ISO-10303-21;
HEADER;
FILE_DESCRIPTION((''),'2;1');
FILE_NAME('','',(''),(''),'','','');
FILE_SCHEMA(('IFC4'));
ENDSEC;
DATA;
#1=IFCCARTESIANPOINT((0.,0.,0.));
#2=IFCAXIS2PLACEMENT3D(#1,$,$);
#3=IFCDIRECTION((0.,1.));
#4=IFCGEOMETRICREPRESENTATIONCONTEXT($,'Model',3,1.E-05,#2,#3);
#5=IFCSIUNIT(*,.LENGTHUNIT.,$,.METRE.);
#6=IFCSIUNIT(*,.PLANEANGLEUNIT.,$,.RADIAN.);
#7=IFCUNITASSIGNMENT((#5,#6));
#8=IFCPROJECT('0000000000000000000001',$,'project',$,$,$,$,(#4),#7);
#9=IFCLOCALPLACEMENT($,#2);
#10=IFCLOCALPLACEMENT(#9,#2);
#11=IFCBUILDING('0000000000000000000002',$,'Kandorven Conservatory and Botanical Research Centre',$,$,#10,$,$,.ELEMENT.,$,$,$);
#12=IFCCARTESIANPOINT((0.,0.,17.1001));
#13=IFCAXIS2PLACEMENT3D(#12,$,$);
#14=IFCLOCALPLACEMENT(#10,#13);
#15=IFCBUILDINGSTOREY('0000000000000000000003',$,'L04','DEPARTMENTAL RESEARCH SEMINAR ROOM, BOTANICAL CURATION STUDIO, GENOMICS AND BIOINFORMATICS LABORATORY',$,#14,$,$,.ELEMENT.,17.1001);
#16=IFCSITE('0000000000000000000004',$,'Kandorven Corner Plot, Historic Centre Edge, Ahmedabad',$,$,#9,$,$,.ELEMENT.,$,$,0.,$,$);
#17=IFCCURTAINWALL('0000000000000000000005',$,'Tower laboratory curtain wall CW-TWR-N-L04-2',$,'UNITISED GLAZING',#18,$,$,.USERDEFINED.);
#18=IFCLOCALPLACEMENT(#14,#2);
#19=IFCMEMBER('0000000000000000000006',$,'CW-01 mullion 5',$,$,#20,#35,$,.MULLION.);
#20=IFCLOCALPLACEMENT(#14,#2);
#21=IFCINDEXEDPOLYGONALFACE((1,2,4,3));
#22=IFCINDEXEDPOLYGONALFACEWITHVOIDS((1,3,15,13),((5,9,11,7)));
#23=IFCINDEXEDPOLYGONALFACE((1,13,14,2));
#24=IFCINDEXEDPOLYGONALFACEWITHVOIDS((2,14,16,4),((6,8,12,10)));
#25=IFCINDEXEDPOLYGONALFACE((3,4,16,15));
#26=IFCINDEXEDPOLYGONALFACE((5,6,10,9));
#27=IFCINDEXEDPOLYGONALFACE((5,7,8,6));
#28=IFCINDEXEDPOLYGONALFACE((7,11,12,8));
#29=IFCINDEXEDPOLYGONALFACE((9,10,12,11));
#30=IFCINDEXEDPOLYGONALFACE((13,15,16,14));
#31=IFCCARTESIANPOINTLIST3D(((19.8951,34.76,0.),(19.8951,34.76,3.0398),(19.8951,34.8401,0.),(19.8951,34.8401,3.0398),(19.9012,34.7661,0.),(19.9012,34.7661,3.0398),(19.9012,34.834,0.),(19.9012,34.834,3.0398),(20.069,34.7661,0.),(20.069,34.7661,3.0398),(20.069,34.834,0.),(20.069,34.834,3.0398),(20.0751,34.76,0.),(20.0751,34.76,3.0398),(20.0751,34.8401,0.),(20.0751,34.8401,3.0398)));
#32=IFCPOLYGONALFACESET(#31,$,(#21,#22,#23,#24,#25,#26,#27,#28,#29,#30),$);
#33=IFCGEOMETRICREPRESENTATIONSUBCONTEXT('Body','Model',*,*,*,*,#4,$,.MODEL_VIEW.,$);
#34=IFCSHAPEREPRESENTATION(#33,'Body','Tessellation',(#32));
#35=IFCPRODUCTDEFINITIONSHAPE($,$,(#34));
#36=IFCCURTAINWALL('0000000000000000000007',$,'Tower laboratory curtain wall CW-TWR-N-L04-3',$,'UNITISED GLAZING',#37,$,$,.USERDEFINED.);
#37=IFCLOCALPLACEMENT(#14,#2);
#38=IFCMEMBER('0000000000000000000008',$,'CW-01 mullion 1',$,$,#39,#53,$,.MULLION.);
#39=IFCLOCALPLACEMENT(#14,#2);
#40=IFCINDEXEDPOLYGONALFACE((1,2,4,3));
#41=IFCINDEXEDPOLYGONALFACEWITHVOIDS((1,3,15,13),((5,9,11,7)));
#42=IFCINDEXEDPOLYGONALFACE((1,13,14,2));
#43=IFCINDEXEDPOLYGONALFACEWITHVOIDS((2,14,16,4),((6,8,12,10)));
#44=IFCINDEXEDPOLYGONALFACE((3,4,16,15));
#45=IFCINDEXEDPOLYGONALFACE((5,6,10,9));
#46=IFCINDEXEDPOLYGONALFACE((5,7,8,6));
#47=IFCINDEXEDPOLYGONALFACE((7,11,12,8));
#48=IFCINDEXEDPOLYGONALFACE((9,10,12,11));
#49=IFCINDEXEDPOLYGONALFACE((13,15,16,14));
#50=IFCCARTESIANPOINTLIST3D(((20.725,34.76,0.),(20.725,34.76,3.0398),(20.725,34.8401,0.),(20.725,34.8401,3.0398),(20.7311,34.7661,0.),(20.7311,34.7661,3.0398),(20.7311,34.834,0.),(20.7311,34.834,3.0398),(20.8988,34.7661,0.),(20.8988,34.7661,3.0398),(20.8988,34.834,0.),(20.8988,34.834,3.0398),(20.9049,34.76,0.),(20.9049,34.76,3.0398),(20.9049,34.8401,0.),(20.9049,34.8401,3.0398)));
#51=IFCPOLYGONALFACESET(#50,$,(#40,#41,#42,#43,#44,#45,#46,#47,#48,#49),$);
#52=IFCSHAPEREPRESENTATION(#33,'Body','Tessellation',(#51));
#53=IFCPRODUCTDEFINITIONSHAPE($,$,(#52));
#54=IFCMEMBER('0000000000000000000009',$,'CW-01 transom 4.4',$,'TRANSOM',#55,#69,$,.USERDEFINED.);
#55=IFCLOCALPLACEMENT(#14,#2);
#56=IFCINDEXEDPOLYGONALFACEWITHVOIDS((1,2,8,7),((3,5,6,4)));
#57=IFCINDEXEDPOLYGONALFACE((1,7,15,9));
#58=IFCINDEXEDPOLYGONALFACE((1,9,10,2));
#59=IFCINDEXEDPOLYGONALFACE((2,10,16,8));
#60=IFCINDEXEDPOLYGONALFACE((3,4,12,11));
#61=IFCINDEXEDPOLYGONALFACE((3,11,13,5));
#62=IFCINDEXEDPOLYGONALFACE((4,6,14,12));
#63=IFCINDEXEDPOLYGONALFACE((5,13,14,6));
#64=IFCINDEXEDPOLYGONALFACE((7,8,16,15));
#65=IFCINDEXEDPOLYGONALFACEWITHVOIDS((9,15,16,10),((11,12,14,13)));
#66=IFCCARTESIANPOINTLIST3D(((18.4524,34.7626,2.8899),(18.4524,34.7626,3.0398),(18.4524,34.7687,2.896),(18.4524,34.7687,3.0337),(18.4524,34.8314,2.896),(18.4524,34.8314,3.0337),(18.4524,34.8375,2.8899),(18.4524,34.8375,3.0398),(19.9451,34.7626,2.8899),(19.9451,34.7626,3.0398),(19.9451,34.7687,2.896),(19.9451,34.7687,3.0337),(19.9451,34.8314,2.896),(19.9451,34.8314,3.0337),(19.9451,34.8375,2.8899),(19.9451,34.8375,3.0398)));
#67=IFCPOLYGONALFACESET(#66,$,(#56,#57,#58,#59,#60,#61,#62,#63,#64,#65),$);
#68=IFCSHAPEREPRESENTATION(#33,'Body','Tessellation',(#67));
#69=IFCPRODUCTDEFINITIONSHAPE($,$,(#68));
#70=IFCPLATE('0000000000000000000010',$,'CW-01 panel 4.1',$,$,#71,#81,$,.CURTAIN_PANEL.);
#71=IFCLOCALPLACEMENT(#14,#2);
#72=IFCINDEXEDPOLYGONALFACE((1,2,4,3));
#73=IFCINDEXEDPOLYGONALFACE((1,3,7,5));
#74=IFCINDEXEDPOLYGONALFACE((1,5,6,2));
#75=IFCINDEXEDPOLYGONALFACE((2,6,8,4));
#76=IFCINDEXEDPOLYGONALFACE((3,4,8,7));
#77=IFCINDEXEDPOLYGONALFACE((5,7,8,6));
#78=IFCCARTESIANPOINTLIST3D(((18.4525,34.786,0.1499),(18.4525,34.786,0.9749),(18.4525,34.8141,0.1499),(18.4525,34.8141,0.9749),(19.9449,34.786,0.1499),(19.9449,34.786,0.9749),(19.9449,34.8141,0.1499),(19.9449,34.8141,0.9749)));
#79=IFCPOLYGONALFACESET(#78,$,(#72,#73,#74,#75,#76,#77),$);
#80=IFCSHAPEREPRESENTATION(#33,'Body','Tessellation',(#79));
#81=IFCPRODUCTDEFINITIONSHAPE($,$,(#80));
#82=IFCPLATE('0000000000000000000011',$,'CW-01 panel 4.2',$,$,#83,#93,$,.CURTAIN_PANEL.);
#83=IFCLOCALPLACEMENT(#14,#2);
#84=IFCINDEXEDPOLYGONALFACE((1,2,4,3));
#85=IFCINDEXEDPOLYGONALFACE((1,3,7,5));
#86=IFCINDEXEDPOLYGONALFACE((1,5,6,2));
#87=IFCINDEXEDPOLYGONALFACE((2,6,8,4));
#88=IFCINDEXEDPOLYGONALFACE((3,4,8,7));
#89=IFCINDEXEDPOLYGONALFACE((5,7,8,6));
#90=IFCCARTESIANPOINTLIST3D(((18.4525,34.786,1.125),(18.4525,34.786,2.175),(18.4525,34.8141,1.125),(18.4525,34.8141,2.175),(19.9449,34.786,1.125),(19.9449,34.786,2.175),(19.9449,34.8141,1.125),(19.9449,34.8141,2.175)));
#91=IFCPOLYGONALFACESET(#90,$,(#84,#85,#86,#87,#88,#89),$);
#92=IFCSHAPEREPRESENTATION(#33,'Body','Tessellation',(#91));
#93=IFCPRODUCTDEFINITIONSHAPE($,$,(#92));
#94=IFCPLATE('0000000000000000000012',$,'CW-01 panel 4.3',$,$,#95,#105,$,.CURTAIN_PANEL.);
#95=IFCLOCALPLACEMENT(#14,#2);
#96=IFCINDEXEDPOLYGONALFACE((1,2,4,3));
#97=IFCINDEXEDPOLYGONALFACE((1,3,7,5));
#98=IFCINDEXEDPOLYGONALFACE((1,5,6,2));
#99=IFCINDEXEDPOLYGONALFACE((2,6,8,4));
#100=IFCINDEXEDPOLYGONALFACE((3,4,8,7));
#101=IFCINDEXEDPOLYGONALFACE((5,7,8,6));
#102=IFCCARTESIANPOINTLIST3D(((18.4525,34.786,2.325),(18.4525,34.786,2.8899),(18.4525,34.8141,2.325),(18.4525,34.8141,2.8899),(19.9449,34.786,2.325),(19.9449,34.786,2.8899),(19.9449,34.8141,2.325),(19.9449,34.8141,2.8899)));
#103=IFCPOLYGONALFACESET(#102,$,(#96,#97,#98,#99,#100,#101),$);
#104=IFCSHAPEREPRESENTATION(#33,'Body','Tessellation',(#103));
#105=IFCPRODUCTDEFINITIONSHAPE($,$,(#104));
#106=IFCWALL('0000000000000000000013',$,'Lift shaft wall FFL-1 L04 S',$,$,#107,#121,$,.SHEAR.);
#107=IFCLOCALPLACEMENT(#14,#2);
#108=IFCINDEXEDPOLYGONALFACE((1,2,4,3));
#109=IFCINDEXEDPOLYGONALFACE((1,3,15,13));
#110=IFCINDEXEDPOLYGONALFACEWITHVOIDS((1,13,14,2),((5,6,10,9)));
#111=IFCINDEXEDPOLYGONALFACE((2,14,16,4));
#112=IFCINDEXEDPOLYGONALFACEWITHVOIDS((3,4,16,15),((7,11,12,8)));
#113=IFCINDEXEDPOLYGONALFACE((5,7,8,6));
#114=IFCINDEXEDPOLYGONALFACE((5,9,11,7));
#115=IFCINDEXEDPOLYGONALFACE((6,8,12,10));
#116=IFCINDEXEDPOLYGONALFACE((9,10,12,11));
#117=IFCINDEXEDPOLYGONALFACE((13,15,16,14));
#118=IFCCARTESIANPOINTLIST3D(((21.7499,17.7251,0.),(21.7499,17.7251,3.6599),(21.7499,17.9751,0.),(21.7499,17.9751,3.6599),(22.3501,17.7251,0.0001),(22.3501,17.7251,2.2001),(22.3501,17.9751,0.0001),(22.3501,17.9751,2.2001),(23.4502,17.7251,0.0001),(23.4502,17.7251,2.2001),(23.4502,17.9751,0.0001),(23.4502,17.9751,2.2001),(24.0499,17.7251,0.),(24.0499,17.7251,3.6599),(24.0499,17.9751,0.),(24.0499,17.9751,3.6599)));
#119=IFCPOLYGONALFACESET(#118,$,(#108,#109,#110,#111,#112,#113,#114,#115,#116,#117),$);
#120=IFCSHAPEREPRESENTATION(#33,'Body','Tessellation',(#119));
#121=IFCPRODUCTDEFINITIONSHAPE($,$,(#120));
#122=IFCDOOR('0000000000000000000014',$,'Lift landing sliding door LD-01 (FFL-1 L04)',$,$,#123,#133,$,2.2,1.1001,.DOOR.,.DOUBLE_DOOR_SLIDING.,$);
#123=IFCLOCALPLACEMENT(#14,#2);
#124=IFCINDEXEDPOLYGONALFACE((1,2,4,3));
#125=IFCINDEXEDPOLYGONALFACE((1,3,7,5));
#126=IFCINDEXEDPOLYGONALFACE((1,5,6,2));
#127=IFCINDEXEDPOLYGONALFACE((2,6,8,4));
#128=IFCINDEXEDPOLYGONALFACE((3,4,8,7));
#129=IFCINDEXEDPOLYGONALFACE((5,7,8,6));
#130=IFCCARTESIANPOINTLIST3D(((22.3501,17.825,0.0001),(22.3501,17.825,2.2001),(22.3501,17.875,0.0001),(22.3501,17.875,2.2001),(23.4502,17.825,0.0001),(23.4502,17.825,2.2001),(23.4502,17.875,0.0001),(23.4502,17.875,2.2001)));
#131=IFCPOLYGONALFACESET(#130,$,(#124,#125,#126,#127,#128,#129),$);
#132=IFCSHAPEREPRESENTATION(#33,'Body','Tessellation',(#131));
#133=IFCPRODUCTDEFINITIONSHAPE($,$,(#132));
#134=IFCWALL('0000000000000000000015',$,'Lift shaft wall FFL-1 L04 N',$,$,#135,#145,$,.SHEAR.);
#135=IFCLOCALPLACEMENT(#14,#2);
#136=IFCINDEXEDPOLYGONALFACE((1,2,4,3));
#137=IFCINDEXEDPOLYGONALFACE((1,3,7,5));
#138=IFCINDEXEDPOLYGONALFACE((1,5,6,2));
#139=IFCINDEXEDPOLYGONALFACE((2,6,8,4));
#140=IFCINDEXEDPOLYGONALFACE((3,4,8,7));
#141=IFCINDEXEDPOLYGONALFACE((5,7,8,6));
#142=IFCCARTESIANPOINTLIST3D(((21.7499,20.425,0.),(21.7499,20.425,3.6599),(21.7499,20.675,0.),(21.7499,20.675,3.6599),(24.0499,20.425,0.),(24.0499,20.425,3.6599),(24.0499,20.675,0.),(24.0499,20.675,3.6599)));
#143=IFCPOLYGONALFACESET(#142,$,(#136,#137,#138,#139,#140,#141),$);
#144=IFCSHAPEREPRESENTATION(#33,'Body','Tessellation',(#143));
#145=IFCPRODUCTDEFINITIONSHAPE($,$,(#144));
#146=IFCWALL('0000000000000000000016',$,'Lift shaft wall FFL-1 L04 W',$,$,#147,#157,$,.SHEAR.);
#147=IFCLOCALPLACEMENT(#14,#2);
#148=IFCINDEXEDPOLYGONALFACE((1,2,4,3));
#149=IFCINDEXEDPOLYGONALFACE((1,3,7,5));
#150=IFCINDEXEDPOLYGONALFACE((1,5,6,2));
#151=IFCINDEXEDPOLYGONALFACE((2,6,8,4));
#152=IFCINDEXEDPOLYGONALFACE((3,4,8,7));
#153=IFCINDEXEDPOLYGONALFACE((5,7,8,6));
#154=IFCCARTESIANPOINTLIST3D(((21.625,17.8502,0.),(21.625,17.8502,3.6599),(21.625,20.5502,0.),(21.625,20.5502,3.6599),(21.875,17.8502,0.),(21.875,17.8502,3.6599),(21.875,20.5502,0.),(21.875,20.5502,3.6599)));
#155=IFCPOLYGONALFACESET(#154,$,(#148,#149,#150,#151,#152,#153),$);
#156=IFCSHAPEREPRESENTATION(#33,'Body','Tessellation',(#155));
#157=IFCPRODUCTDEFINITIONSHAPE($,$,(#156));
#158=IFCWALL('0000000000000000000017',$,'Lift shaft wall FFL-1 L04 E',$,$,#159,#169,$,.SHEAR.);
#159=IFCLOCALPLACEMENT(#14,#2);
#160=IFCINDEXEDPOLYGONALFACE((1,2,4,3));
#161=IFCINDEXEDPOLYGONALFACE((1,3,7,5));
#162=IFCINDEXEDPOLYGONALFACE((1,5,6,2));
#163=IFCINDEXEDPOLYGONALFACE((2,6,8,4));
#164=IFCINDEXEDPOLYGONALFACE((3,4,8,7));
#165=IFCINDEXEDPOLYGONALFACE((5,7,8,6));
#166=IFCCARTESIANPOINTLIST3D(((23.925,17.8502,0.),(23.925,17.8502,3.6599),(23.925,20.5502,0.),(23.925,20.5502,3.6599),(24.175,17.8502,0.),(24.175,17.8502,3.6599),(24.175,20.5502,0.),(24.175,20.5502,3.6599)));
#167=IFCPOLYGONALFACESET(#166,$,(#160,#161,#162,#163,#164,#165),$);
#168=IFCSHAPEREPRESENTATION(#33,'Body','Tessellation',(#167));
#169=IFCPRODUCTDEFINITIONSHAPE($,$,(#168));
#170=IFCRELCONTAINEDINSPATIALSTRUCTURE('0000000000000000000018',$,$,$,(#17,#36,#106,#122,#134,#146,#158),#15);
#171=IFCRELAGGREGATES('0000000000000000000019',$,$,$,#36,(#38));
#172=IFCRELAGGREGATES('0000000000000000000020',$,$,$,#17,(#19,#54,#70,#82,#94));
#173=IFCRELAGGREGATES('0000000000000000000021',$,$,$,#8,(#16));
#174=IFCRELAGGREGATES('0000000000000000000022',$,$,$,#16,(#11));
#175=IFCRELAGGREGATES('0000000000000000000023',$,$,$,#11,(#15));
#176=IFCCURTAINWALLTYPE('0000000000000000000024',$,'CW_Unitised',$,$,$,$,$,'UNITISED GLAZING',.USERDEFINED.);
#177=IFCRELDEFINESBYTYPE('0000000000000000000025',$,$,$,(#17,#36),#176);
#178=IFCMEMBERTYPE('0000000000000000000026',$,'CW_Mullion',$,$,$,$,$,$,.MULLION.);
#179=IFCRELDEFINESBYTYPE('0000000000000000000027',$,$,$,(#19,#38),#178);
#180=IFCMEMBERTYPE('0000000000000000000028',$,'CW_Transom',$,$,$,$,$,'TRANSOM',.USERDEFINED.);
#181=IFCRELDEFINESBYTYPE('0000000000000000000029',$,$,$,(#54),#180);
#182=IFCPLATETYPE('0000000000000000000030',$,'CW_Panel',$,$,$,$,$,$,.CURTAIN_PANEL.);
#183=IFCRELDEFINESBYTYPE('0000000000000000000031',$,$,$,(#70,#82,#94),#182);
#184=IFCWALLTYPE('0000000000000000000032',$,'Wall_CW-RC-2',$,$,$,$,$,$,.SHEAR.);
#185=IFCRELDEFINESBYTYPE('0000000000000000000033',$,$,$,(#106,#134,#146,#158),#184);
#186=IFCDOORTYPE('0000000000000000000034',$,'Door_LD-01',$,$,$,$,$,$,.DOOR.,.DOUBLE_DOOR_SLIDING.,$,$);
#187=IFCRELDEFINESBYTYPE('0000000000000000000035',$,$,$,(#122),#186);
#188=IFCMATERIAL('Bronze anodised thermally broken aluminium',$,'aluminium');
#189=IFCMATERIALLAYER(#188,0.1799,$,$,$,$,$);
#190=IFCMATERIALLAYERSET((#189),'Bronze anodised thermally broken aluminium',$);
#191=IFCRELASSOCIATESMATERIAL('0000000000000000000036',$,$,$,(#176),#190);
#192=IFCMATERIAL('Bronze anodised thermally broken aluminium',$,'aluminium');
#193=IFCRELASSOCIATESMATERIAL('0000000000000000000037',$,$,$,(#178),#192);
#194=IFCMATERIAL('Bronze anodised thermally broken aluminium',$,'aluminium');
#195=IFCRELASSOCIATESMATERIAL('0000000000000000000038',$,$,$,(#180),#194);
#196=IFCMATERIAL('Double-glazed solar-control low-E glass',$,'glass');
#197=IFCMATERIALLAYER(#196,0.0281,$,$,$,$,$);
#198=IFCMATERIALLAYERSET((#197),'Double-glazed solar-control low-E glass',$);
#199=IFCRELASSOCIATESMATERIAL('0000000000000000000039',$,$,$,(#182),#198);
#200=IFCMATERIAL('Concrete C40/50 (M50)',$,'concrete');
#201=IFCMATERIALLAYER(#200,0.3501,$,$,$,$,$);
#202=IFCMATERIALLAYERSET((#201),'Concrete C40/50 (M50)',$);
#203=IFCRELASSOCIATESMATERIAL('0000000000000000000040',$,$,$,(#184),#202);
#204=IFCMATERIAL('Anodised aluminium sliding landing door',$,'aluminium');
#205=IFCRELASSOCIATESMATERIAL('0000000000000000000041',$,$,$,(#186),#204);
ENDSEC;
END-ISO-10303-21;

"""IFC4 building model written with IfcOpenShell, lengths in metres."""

from ifc_helpers import new_model, si_unit, direction, frame, frame_2d, origin, origin_2d, place, context, subcontext, project, spatial, rectangle, hollow_rectangle, extrude, material, layer, layer_set, material_profile, profile_set, type_object, element, fill, aggregate, save


model = new_model("IFC4")

# Units and contexts
model_context = context("Model", 3, precision=1e-05, world=origin(), true_north=direction((0.0, 1.0)))
body_context = subcontext(model_context, "Body", "Model", "MODEL_VIEW")
ifc_project = project(units=[si_unit("LENGTHUNIT", "METRE"), si_unit("PLANEANGLEUNIT", "RADIAN")], contexts=[model_context])

# Site, building, storey
site_placement = place(None, origin())
site = spatial("IfcSite", under=ifc_project, at=site_placement, Name="Kandorven Corner Plot, Historic Centre Edge, Ahmedabad", CompositionType="ELEMENT", RefElevation=0.0)
building_placement = place(site_placement, origin())
building = spatial("IfcBuilding", under=site, at=building_placement, Name="Kandorven Conservatory and Botanical Research Centre", CompositionType="ELEMENT")
storey_placement = place(building_placement, frame((0.0, 0.0, 17.1001)))
storey = spatial("IfcBuildingStorey", under=building, at=storey_placement, Name="L04", Description="DEPARTMENTAL RESEARCH SEMINAR ROOM, BOTANICAL CURATION STUDIO, GENOMICS AND BIOINFORMATICS LABORATORY", CompositionType="ELEMENT", Elevation=17.1001)

# Curtain walls, members
ifc_material_1 = material(Name="Bronze anodised thermally broken aluminium", Category="aluminium")
ifc_layer_1 = layer(ifc_material_1, 0.1799)
ifc_layer_set_1 = layer_set([ifc_layer_1], Name="Bronze anodised thermally broken aluminium")
curtain_wall_type = type_object("IfcCurtainWallType", Name="CW_Unitised", ElementType="UNITISED GLAZING", PredefinedType="USERDEFINED", material=ifc_layer_set_1)
curtain_wall_1_placement = place(storey_placement, origin())
curtain_wall_1 = element("IfcCurtainWall", 1, at=curtain_wall_1_placement, inside=storey, type_object=curtain_wall_type, Name="Tower laboratory curtain wall CW-TWR-N-L04-2", ObjectType="UNITISED GLAZING", PredefinedType="USERDEFINED")
ifc_material_2 = material(Name="Bronze anodised thermally broken aluminium", Category="aluminium")
ifc_material_profile_1 = material_profile(ifc_material_2, hollow_rectangle(XDim=0.0801, YDim=0.1799, WallThickness=0.0061, at=origin_2d()))
ifc_profile_set_1 = profile_set([ifc_material_profile_1], Name="Bronze anodised thermally broken aluminium")
member_type_1 = type_object("IfcMemberType", Name="CW_Mullion", PredefinedType="MULLION", material=ifc_profile_set_1)
member_1_placement = place(storey_placement, frame((19.9851, 34.8, 0.0), z_axis=(0.0, 0.0, 1.0), x_axis=(0.0, 1.0, 0.0)))
member_1 = element("IfcMember", 2, at=member_1_placement, type_object=member_type_1, Name="CW-01 mullion 5", PredefinedType="MULLION", context=body_context, shape_type="SweptSolid", body=[
    extrude(hollow_rectangle(XDim=0.0801, YDim=0.1799, WallThickness=0.0061, at=origin_2d()), origin(), (0.0, 0.0, 1.0), 3.0398),
])
curtain_wall_2_placement = place(storey_placement, origin())
curtain_wall_2 = element("IfcCurtainWall", 3, at=curtain_wall_2_placement, inside=storey, type_object=curtain_wall_type, Name="Tower laboratory curtain wall CW-TWR-N-L04-3", ObjectType="UNITISED GLAZING", PredefinedType="USERDEFINED")
member_2_placement = place(storey_placement, frame((20.8149, 34.8, 0.0), z_axis=(0.0, 0.0, 1.0), x_axis=(0.0, 1.0, 0.0)))
member_2 = element("IfcMember", 4, at=member_2_placement, type_object=member_type_1, Name="CW-01 mullion 1", PredefinedType="MULLION", context=body_context, shape_type="SweptSolid", body=[
    extrude(hollow_rectangle(XDim=0.0801, YDim=0.1799, WallThickness=0.0061, at=origin_2d()), origin(), (0.0, 0.0, 1.0), 3.0398),
])
aggregate(curtain_wall_2, [member_2])

# Member
ifc_material_3 = material(Name="Bronze anodised thermally broken aluminium", Category="aluminium")
ifc_material_profile_2 = material_profile(ifc_material_3, hollow_rectangle(XDim=0.075, YDim=0.1499, WallThickness=0.0061, at=origin_2d()))
ifc_profile_set_2 = profile_set([ifc_material_profile_2], Name="Bronze anodised thermally broken aluminium")
member_type_2 = type_object("IfcMemberType", Name="CW_Transom", ElementType="TRANSOM", PredefinedType="USERDEFINED", material=ifc_profile_set_2)
member_3_placement = place(storey_placement, frame((18.4524, 34.8, 2.9648), z_axis=(1.0, 0.0, 0.0), x_axis=(0.0, 1.0, 0.0)))
member_3 = element("IfcMember", 5, at=member_3_placement, type_object=member_type_2, Name="CW-01 transom 4.4", ObjectType="TRANSOM", PredefinedType="USERDEFINED", context=body_context, shape_type="SweptSolid", body=[
    extrude(hollow_rectangle(XDim=0.075, YDim=0.1499, WallThickness=0.0061, at=origin_2d()), origin(), (0.0, 0.0, 1.0), 1.4927),
])

# Plates
ifc_material_4 = material(Name="Double-glazed solar-control low-E glass", Category="glass")
ifc_layer_2 = layer(ifc_material_4, 0.0281)
ifc_layer_set_2 = layer_set([ifc_layer_2], Name="Double-glazed solar-control low-E glass")
plate_type = type_object("IfcPlateType", Name="CW_Panel", PredefinedType="CURTAIN_PANEL", material=ifc_layer_set_2)
plate_1_placement = place(storey_placement, frame((19.1987, 34.8, 0.1499), z_axis=(0.0, 0.0, 1.0), x_axis=(1.0, 0.0, 0.0)))
plate_1 = element("IfcPlate", 6, at=plate_1_placement, type_object=plate_type, Name="CW-01 panel 4.1", PredefinedType="CURTAIN_PANEL", context=body_context, shape_type="SweptSolid", body=[
    extrude(rectangle(XDim=1.4924, YDim=0.0281, at=origin_2d()), origin(), (0.0, 0.0, 1.0), 0.825),
])
plate_2_placement = place(storey_placement, frame((19.1987, 34.8, 1.125), z_axis=(0.0, 0.0, 1.0), x_axis=(1.0, 0.0, 0.0)))
plate_2 = element("IfcPlate", 7, at=plate_2_placement, type_object=plate_type, Name="CW-01 panel 4.2", PredefinedType="CURTAIN_PANEL", context=body_context, shape_type="SweptSolid", body=[
    extrude(rectangle(XDim=1.4924, YDim=0.0281, at=origin_2d()), origin(), (0.0, 0.0, 1.0), 1.05),
])
plate_3_placement = place(storey_placement, frame((19.1987, 34.8, 2.325), z_axis=(0.0, 0.0, 1.0), x_axis=(1.0, 0.0, 0.0)))
plate_3 = element("IfcPlate", 8, at=plate_3_placement, type_object=plate_type, Name="CW-01 panel 4.3", PredefinedType="CURTAIN_PANEL", context=body_context, shape_type="SweptSolid", body=[
    extrude(rectangle(XDim=1.4924, YDim=0.0281, at=origin_2d()), origin(), (0.0, 0.0, 1.0), 0.5649),
])
aggregate(curtain_wall_1, [member_1, member_3, plate_1, plate_2, plate_3])

# Wall, opening, door
ifc_material_5 = material(Name="Concrete C40/50 (M50)", Category="concrete")
ifc_layer_3 = layer(ifc_material_5, 0.3501)
ifc_layer_set_3 = layer_set([ifc_layer_3], Name="Concrete C40/50 (M50)")
wall_type_1 = type_object("IfcWallType", Name="Wall_CW-RC-2", PredefinedType="SHEAR", material=ifc_layer_set_3)
wall_1_placement = place(storey_placement, frame((21.75, 17.8501, 0.0), z_axis=(0.0, 0.0, 1.0), x_axis=(1.0, 0.0, 0.0)))
wall_1 = element("IfcWall", 9, at=wall_1_placement, inside=storey, type_object=wall_type_1, Name="Lift shaft wall FFL-1 L04 S", PredefinedType="SHEAR", context=body_context, shape_type="SweptSolid", body=[
    extrude(rectangle(XDim=2.3, YDim=0.25, at=frame_2d((1.1499, 0.0))), origin(), (0.0, 0.0, 1.0), 3.6599),
])
opening_1_placement = place(wall_1_placement, frame((0.6001, 0.0, 0.0)))
opening_1 = element("IfcOpeningElement", 10, at=opening_1_placement, cuts=wall_1, PredefinedType="OPENING", context=body_context, shape_type="SweptSolid", body=[
    extrude(rectangle(XDim=1.1001, YDim=2.2, at=frame_2d((0.55, 1.1001))), frame((0.0, 0.135, 0.0), z_axis=(0.0, -1.0, 0.0), x_axis=(1.0, 0.0, 0.0)), (0.0, 0.0, 1.0), 0.27),
])
ifc_material_6 = material(Name="Anodised aluminium sliding landing door", Category="aluminium")
door_type_1 = type_object("IfcDoorType", Name="Door_LD-01", OperationType="DOUBLE_DOOR_SLIDING", PredefinedType="DOOR", material=ifc_material_6)
door_1_placement = place(opening_1_placement, origin())
door_1 = element("IfcDoor", 11, at=door_1_placement, inside=storey, type_object=door_type_1, Name="Lift landing sliding door LD-01 (FFL-1 L04)", OperationType="DOUBLE_DOOR_SLIDING", OverallHeight=2.2, OverallWidth=1.1001, PredefinedType="DOOR", context=body_context, shape_type="SweptSolid", body=[
    extrude(rectangle(XDim=1.1001, YDim=2.2, at=frame_2d((0.55, 1.1001))), frame((0.0, 0.0249, 0.0), z_axis=(0.0, -1.0, 0.0), x_axis=(1.0, 0.0, 0.0)), (0.0, 0.0, 1.0), 0.05),
])
fill(opening_1, door_1)

# Walls
wall_2_placement = place(storey_placement, frame((21.75, 20.55, 0.0), z_axis=(0.0, 0.0, 1.0), x_axis=(1.0, 0.0, 0.0)))
element("IfcWall", 12, at=wall_2_placement, inside=storey, type_object=wall_type_1, Name="Lift shaft wall FFL-1 L04 N", PredefinedType="SHEAR", context=body_context, shape_type="SweptSolid", body=[
    extrude(rectangle(XDim=2.3, YDim=0.25, at=frame_2d((1.1499, 0.0))), origin(), (0.0, 0.0, 1.0), 3.6599),
])
for number, where, z_axis, x_axis, name in (
    (13, (21.75, 17.8501, 0.0), (0.0, 0.0, 1.0), (0.0, 1.0, 0.0), "Lift shaft wall FFL-1 L04 W"),
    (14, (24.05, 17.8501, 0.0), (0.0, 0.0, 1.0), (0.0, 1.0, 0.0), "Lift shaft wall FFL-1 L04 E"),
):
    element("IfcWall", number, at=place(storey_placement, frame(where, z_axis=z_axis, x_axis=x_axis)), inside=storey, type_object=wall_type_1, Name=name, PredefinedType="SHEAR", context=body_context, shape_type="SweptSolid", body=[
        extrude(rectangle(XDim=2.7, YDim=0.25, at=frame_2d((1.3501, 0.0))), origin(), (0.0, 0.0, 1.0), 3.6599),
    ])

save(model, "model.ifc")
